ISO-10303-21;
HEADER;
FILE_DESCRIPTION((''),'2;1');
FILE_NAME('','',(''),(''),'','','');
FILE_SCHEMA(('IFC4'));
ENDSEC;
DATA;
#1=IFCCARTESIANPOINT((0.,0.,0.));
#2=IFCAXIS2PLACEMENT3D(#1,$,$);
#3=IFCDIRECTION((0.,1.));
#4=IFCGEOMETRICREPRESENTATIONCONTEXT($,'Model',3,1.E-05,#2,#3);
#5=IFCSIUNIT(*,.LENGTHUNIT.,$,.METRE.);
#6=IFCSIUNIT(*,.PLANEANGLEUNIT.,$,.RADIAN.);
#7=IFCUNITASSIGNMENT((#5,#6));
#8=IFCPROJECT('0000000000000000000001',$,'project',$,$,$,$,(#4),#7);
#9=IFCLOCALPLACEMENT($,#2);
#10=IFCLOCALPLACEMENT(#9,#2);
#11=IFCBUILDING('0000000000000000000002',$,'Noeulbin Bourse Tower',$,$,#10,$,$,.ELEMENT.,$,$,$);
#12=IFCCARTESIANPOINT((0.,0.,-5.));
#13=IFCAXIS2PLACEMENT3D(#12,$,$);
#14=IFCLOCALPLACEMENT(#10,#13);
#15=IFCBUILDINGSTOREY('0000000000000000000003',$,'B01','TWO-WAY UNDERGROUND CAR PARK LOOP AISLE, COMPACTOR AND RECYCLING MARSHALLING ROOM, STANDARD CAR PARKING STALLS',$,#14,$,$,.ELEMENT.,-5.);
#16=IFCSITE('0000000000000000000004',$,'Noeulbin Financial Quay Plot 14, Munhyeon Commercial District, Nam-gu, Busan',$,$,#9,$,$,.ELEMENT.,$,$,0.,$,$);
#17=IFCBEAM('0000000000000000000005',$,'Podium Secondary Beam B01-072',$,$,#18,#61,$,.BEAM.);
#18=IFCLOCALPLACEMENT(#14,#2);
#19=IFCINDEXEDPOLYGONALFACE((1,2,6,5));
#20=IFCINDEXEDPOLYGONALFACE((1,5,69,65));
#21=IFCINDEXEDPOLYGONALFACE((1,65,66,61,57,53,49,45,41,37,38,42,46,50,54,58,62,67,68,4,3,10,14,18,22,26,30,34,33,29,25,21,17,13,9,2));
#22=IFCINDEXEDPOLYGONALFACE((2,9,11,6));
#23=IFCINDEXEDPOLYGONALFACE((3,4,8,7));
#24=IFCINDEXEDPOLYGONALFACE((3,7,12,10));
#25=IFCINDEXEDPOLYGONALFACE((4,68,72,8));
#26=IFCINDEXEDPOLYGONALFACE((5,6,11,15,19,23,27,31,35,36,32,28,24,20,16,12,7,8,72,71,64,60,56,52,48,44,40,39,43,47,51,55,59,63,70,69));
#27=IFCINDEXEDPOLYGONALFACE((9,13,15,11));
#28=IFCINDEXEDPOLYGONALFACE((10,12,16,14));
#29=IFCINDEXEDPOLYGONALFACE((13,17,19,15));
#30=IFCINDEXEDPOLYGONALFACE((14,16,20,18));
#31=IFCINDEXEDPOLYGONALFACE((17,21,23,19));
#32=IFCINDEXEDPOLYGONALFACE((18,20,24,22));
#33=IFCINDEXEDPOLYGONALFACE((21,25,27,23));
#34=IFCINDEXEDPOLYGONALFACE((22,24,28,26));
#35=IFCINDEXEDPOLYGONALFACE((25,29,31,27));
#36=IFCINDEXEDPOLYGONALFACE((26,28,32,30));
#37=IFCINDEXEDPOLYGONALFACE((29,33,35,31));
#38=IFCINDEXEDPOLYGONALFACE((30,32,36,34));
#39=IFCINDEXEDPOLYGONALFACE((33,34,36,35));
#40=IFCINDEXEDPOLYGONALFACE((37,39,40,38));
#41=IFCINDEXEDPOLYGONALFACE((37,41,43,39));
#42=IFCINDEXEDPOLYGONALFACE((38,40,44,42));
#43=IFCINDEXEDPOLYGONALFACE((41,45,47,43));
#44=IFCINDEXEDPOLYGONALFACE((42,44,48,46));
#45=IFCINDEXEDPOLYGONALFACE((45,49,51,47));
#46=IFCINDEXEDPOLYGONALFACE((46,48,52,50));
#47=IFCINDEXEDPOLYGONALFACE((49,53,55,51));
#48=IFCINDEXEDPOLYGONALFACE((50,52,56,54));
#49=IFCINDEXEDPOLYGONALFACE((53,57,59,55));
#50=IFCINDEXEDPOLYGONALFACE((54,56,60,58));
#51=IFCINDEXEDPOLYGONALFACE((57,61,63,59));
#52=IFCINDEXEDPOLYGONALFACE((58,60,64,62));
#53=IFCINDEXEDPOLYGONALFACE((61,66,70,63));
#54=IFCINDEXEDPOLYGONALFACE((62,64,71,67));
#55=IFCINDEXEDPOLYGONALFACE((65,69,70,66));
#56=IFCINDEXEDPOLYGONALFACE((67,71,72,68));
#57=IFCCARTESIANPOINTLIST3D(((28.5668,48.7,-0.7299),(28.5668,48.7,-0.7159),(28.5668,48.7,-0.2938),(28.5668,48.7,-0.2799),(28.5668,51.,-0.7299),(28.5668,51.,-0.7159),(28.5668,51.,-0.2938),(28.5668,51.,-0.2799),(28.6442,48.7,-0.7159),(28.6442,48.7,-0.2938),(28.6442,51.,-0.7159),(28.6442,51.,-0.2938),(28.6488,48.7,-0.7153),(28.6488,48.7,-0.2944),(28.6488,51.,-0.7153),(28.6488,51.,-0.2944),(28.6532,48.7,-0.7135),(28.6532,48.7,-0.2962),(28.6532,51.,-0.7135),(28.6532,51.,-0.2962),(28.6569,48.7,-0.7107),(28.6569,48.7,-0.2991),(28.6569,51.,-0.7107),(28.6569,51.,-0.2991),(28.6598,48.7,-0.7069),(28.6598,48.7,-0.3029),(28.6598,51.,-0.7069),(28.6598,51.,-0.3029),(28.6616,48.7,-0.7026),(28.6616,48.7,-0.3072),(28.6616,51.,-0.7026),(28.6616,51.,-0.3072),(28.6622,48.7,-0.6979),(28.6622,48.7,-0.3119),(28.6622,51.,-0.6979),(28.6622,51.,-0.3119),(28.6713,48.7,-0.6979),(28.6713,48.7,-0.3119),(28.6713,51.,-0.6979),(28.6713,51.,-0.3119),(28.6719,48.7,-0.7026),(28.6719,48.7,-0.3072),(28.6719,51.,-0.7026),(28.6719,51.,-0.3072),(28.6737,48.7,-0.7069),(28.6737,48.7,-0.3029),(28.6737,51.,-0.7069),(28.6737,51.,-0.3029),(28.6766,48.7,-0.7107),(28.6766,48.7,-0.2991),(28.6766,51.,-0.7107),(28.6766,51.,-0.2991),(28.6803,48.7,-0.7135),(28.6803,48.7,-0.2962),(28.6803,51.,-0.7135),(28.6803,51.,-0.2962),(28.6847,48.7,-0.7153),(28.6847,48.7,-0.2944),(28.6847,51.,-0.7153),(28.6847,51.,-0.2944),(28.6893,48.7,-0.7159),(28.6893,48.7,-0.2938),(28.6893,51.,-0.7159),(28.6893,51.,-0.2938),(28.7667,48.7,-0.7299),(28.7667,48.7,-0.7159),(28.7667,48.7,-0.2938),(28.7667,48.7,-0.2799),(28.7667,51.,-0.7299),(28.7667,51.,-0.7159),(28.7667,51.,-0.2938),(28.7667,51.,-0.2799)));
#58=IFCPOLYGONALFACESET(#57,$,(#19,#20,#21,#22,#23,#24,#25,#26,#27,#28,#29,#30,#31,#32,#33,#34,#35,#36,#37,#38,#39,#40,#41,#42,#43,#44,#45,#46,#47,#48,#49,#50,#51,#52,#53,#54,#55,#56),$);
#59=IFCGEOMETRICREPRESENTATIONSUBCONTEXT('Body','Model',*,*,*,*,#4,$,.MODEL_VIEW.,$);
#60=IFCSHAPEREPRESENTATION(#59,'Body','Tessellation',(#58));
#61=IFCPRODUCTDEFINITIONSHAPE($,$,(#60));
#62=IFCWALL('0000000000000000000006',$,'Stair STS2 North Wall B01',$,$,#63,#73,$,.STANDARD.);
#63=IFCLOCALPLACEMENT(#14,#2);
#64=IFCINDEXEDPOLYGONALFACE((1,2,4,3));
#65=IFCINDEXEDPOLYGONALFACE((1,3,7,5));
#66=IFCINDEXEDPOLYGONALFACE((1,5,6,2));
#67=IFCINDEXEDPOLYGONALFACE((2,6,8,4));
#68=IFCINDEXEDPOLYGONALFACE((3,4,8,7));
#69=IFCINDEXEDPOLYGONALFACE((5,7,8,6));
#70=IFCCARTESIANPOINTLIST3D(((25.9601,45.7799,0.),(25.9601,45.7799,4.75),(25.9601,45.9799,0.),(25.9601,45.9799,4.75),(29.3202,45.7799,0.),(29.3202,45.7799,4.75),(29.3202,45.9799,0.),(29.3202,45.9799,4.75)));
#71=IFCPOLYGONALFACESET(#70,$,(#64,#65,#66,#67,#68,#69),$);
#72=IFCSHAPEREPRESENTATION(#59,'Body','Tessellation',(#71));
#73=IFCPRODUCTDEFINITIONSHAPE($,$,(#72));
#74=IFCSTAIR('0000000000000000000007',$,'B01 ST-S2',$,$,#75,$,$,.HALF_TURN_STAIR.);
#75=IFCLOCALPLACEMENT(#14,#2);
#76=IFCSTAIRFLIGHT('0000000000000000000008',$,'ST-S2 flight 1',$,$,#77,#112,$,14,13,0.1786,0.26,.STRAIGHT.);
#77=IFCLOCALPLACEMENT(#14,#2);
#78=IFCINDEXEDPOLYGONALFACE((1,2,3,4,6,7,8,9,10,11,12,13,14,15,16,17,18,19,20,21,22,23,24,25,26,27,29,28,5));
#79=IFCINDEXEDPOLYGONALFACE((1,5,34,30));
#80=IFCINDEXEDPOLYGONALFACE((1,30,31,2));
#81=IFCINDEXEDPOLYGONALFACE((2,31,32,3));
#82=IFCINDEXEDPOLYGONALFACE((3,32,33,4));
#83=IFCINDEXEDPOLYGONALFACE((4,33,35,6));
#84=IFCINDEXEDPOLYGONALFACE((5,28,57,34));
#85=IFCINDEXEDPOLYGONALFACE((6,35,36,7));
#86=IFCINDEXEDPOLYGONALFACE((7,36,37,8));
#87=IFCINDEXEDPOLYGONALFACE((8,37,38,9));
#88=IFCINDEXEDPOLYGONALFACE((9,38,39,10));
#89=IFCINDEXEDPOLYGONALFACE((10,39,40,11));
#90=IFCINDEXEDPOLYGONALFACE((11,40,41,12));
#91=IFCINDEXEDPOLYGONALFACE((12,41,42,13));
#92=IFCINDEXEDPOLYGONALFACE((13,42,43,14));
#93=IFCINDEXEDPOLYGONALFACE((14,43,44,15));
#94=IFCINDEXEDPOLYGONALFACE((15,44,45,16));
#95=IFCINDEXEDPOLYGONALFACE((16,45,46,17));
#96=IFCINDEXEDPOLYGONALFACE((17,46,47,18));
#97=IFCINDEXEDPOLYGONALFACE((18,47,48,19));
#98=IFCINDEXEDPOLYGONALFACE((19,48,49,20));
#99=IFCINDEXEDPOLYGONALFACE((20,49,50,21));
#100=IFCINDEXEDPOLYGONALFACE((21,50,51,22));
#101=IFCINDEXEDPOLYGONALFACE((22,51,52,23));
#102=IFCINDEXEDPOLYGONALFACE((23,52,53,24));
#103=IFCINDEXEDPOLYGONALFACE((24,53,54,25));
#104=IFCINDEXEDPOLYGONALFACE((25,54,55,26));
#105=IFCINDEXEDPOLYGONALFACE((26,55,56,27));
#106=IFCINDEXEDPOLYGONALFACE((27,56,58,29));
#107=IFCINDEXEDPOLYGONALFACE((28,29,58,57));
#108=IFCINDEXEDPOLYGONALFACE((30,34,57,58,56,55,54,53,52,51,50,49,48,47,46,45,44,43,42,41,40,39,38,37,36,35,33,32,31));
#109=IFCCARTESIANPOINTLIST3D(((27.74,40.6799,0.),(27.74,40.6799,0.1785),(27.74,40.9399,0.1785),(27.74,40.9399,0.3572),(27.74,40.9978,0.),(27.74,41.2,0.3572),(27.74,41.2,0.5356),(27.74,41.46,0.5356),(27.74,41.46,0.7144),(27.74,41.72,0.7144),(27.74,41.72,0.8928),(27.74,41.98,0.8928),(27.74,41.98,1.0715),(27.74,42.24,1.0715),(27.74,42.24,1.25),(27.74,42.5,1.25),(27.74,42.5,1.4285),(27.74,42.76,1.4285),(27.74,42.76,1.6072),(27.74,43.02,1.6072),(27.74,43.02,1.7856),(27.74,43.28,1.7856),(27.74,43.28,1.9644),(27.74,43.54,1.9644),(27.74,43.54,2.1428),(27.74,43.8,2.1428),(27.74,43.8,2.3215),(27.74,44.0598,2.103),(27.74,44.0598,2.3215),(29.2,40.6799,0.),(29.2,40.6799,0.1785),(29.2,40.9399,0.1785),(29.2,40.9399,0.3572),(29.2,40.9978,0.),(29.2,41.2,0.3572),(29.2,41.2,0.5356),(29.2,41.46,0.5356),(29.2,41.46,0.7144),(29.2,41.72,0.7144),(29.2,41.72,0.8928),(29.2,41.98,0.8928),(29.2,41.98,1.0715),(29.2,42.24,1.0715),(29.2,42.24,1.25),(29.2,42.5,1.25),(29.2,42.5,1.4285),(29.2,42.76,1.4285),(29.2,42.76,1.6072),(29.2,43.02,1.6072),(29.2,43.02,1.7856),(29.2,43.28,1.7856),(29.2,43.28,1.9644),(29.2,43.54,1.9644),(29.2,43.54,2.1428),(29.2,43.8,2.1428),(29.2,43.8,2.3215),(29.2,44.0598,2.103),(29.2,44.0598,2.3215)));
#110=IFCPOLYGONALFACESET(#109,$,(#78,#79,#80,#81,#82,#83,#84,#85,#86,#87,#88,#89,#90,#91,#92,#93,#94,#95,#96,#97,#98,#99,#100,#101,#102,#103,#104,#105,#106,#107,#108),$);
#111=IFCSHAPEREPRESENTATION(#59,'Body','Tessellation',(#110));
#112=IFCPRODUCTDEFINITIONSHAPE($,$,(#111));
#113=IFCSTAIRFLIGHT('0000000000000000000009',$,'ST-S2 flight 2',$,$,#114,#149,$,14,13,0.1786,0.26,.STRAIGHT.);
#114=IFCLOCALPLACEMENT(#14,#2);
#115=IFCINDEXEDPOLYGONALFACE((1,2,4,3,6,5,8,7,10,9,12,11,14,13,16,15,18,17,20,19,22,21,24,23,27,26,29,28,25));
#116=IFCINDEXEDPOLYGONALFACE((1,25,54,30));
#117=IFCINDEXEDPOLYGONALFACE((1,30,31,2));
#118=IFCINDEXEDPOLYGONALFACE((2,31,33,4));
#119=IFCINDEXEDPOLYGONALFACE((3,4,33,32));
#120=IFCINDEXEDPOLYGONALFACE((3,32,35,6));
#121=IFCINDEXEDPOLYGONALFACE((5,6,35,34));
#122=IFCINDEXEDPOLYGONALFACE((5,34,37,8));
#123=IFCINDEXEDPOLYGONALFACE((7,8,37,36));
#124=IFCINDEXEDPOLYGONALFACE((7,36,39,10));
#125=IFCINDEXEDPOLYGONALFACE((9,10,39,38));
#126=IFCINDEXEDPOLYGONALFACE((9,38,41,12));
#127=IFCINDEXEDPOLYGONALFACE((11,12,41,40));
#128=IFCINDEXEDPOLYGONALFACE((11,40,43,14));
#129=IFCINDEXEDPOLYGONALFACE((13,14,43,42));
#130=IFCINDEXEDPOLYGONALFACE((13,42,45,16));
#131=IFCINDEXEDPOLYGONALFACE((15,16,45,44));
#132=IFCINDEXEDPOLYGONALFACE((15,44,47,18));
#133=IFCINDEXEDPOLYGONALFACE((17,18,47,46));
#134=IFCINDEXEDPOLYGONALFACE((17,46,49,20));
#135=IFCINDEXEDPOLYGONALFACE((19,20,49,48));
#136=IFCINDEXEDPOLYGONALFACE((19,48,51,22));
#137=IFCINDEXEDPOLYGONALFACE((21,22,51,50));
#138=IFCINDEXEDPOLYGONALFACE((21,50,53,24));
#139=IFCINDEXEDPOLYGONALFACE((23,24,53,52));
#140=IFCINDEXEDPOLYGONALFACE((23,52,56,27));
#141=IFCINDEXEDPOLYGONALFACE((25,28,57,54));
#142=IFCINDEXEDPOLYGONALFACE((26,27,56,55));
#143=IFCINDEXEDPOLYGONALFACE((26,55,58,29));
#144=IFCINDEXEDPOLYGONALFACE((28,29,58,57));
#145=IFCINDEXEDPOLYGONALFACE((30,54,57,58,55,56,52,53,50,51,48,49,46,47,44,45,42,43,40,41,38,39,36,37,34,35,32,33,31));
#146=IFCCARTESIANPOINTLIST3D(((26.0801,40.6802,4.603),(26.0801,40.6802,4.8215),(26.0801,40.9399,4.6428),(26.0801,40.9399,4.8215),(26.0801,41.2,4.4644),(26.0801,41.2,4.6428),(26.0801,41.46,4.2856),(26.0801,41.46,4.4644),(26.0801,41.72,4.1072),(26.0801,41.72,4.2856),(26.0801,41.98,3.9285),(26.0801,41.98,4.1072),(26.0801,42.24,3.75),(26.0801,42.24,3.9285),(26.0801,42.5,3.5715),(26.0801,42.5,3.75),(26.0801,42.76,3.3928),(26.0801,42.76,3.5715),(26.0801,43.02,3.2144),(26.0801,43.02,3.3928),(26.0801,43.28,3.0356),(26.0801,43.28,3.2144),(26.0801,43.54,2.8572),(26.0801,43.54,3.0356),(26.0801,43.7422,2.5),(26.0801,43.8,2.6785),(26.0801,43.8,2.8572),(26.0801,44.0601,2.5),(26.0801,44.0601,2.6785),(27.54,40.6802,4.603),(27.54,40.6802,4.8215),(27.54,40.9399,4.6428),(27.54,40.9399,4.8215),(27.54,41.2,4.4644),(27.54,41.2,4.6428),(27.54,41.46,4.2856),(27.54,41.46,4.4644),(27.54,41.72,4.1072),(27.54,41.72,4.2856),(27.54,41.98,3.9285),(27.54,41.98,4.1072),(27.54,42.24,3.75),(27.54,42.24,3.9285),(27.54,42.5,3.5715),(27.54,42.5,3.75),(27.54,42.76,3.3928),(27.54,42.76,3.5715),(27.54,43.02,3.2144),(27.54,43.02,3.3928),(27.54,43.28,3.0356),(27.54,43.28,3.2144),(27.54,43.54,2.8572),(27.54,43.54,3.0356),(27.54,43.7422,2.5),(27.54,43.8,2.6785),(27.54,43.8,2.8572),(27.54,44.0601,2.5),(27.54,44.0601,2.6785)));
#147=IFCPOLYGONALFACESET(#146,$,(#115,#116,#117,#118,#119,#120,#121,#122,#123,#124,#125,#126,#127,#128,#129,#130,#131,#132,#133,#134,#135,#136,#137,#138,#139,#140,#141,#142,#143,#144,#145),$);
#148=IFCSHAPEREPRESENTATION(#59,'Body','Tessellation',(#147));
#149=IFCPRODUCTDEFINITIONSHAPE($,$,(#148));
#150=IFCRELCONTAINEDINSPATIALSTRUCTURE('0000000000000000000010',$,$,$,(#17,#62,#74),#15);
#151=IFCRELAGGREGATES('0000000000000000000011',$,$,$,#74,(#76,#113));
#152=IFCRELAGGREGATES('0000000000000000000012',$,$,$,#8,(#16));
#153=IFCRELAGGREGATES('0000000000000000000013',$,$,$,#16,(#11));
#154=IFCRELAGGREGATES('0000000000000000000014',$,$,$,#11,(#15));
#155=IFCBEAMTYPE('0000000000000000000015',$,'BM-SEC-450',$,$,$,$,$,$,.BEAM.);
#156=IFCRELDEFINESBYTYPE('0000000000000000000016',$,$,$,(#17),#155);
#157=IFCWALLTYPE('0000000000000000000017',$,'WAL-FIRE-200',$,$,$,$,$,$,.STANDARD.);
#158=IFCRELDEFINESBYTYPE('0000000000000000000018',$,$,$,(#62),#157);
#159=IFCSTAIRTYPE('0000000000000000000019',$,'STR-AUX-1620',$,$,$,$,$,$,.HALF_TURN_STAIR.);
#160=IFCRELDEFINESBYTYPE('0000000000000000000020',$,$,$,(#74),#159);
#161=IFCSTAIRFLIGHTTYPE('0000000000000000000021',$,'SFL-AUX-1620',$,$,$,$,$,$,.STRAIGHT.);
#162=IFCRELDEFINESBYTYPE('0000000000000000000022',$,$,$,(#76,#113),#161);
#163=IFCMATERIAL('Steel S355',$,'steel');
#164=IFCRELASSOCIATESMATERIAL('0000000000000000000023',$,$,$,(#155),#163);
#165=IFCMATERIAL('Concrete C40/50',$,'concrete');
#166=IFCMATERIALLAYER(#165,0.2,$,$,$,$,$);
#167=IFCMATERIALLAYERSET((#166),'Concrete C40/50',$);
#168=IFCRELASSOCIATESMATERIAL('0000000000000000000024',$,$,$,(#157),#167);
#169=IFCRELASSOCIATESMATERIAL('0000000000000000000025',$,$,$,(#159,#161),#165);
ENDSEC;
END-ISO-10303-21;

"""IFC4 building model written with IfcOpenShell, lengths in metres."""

from ifc_helpers import new_model, si_unit, direction, frame, frame_2d, origin, origin_2d, place, context, subcontext, project, spatial, polyline, rectangle, i_section, outline, extrude, material, layer, layer_set, material_profile, profile_set, type_object, element, aggregate, save


model = new_model("IFC4")

# Units and contexts
model_context = context("Model", 3, precision=1e-05, world=origin(), true_north=direction((0.0, 1.0)))
body_context = subcontext(model_context, "Body", "Model", "MODEL_VIEW")
ifc_project = project(units=[si_unit("LENGTHUNIT", "METRE"), si_unit("PLANEANGLEUNIT", "RADIAN")], contexts=[model_context])

# Site, building, storey
site_placement = place(None, origin())
site = spatial("IfcSite", under=ifc_project, at=site_placement, Name="Noeulbin Financial Quay Plot 14, Munhyeon Commercial District, Nam-gu, Busan", CompositionType="ELEMENT", RefElevation=0.0)
building_placement = place(site_placement, origin())
building = spatial("IfcBuilding", under=site, at=building_placement, Name="Noeulbin Bourse Tower", CompositionType="ELEMENT")
storey_placement = place(building_placement, frame((0.0, 0.0, -5.0)))
storey = spatial("IfcBuildingStorey", under=building, at=storey_placement, Name="B01", Description="TWO-WAY UNDERGROUND CAR PARK LOOP AISLE, COMPACTOR AND RECYCLING MARSHALLING ROOM, STANDARD CAR PARKING STALLS", CompositionType="ELEMENT", Elevation=-5.0)

# Beam
ifc_material_1 = material(Name="Steel S355", Category="steel")
ifc_material_profile_1 = material_profile(ifc_material_1, i_section(OverallWidth=0.2, OverallDepth=0.45, WebThickness=0.009, FlangeThickness=0.0139, FilletRadius=0.0181, at=origin_2d()), Name="H-450x200x9x14", Category="LoadBearing")
ifc_profile_set_1 = profile_set([ifc_material_profile_1], Name="Steel S355")
beam_type_1 = type_object("IfcBeamType", Name="BM-SEC-450", PredefinedType="BEAM", material=ifc_profile_set_1)
beam_1_placement = place(storey_placement, frame((28.6667, 48.7, -0.5049), z_axis=(0.0, 1.0, 0.0), x_axis=(-1.0, 0.0, 0.0)))
element("IfcBeam", 1, at=beam_1_placement, inside=storey, type_object=beam_type_1, Name="Podium Secondary Beam B01-072", PredefinedType="BEAM", context=body_context, shape_type="SweptSolid", body=[
    extrude(i_section(OverallWidth=0.2, OverallDepth=0.45, WebThickness=0.009, FlangeThickness=0.0139, FilletRadius=0.0181, at=origin_2d()), origin(), (0.0, 0.0, 1.0), 2.3),
])

# Wall
ifc_material_2 = material(Name="Concrete C40/50", Category="concrete")
ifc_layer_1 = layer(ifc_material_2, 0.2)
ifc_layer_set_1 = layer_set([ifc_layer_1], Name="Concrete C40/50")
wall_type = type_object("IfcWallType", Name="WAL-FIRE-200", PredefinedType="STANDARD", material=ifc_layer_set_1)
wall_placement = place(storey_placement, frame((25.96, 45.8799, 0.0), z_axis=(0.0, 0.0, 1.0), x_axis=(1.0, 0.0, 0.0)))
element("IfcWall", 2, at=wall_placement, inside=storey, type_object=wall_type, Name="Stair STS2 North Wall B01", PredefinedType="STANDARD", context=body_context, shape_type="SweptSolid", body=[
    extrude(rectangle(XDim=3.3601, YDim=0.2, at=frame_2d((1.6802, 0.0))), origin(), (0.0, 0.0, 1.0), 4.75),
])

# Stair, stair flights
stair_type = type_object("IfcStairType", Name="STR-AUX-1620", PredefinedType="HALF_TURN_STAIR", material=ifc_material_2)
stair_placement = place(storey_placement, origin())
stair = element("IfcStair", 3, at=stair_placement, inside=storey, type_object=stair_type, Name="B01 ST-S2", PredefinedType="HALF_TURN_STAIR")
stair_flight_type = type_object("IfcStairFlightType", Name="SFL-AUX-1620", PredefinedType="STRAIGHT", material=ifc_material_2)
stair_flight_1_placement = place(storey_placement, frame((28.47, 40.6799, 0.0), z_axis=(0.0, 0.0, 1.0), x_axis=(0.0, 1.0, 0.0)))
stair_flight_1 = element("IfcStairFlight", 4, at=stair_flight_1_placement, type_object=stair_flight_type, Name="ST-S2 flight 1", NumberOfRisers=14, NumberOfTreads=13, PredefinedType="STRAIGHT", RiserHeight=0.1786, TreadLength=0.26, context=body_context, shape_type="SweptSolid", body=[
    extrude(outline(polyline([(0.0, 0.0), (0.0, 0.1785), (0.26, 0.1785), (0.26, 0.3572), (0.52, 0.3572), (0.52, 0.5356), (0.78, 0.5356), (0.78, 0.7144), (1.04, 0.7144), (1.04, 0.8928), (1.3, 0.8928), (1.3, 1.0715), (1.5601, 1.0715), (1.5601, 1.25), (1.8201, 1.25), (1.8201, 1.4285), (2.0801, 1.4285), (2.0801, 1.6072), (2.3401, 1.6072), (2.3401, 1.7856), (2.6001, 1.7856), (2.6001, 1.9644), (2.8601, 1.9644), (2.8601, 2.1428), (3.1201, 2.1428), (3.1201, 2.3215), (3.3799, 2.3215), (3.3799, 2.5), (3.3799, 2.103), (0.3179, 0.0), (0.0, 0.0)])), frame((0.0, 0.73, 0.0), z_axis=(0.0, -1.0, 0.0), x_axis=(1.0, 0.0, 0.0)), (0.0, 0.0, 1.0), 1.46),
])
stair_flight_2_placement = place(storey_placement, frame((26.8101, 44.0601, 2.5), z_axis=(0.0, 0.0, 1.0), x_axis=(0.0, -1.0, 0.0)))
stair_flight_2 = element("IfcStairFlight", 5, at=stair_flight_2_placement, type_object=stair_flight_type, Name="ST-S2 flight 2", NumberOfRisers=14, NumberOfTreads=13, PredefinedType="STRAIGHT", RiserHeight=0.1786, TreadLength=0.26, context=body_context, shape_type="SweptSolid", body=[
    extrude(outline(polyline([(0.0, 0.0), (0.0, 0.1785), (0.26, 0.1785), (0.26, 0.3572), (0.52, 0.3572), (0.52, 0.5356), (0.78, 0.5356), (0.78, 0.7144), (1.04, 0.7144), (1.04, 0.8928), (1.3, 0.8928), (1.3, 1.0715), (1.5601, 1.0715), (1.5601, 1.25), (1.8201, 1.25), (1.8201, 1.4285), (2.0801, 1.4285), (2.0801, 1.6072), (2.3401, 1.6072), (2.3401, 1.7856), (2.6001, 1.7856), (2.6001, 1.9644), (2.8601, 1.9644), (2.8601, 2.1428), (3.1201, 2.1428), (3.1201, 2.3215), (3.3799, 2.3215), (3.3799, 2.5), (3.3799, 2.103), (0.3179, 0.0), (0.0, 0.0)])), frame((0.0, 0.73, 0.0), z_axis=(0.0, -1.0, 0.0), x_axis=(1.0, 0.0, 0.0)), (0.0, 0.0, 1.0), 1.46),
])
aggregate(stair, [stair_flight_1, stair_flight_2])

save(model, "model.ifc")
